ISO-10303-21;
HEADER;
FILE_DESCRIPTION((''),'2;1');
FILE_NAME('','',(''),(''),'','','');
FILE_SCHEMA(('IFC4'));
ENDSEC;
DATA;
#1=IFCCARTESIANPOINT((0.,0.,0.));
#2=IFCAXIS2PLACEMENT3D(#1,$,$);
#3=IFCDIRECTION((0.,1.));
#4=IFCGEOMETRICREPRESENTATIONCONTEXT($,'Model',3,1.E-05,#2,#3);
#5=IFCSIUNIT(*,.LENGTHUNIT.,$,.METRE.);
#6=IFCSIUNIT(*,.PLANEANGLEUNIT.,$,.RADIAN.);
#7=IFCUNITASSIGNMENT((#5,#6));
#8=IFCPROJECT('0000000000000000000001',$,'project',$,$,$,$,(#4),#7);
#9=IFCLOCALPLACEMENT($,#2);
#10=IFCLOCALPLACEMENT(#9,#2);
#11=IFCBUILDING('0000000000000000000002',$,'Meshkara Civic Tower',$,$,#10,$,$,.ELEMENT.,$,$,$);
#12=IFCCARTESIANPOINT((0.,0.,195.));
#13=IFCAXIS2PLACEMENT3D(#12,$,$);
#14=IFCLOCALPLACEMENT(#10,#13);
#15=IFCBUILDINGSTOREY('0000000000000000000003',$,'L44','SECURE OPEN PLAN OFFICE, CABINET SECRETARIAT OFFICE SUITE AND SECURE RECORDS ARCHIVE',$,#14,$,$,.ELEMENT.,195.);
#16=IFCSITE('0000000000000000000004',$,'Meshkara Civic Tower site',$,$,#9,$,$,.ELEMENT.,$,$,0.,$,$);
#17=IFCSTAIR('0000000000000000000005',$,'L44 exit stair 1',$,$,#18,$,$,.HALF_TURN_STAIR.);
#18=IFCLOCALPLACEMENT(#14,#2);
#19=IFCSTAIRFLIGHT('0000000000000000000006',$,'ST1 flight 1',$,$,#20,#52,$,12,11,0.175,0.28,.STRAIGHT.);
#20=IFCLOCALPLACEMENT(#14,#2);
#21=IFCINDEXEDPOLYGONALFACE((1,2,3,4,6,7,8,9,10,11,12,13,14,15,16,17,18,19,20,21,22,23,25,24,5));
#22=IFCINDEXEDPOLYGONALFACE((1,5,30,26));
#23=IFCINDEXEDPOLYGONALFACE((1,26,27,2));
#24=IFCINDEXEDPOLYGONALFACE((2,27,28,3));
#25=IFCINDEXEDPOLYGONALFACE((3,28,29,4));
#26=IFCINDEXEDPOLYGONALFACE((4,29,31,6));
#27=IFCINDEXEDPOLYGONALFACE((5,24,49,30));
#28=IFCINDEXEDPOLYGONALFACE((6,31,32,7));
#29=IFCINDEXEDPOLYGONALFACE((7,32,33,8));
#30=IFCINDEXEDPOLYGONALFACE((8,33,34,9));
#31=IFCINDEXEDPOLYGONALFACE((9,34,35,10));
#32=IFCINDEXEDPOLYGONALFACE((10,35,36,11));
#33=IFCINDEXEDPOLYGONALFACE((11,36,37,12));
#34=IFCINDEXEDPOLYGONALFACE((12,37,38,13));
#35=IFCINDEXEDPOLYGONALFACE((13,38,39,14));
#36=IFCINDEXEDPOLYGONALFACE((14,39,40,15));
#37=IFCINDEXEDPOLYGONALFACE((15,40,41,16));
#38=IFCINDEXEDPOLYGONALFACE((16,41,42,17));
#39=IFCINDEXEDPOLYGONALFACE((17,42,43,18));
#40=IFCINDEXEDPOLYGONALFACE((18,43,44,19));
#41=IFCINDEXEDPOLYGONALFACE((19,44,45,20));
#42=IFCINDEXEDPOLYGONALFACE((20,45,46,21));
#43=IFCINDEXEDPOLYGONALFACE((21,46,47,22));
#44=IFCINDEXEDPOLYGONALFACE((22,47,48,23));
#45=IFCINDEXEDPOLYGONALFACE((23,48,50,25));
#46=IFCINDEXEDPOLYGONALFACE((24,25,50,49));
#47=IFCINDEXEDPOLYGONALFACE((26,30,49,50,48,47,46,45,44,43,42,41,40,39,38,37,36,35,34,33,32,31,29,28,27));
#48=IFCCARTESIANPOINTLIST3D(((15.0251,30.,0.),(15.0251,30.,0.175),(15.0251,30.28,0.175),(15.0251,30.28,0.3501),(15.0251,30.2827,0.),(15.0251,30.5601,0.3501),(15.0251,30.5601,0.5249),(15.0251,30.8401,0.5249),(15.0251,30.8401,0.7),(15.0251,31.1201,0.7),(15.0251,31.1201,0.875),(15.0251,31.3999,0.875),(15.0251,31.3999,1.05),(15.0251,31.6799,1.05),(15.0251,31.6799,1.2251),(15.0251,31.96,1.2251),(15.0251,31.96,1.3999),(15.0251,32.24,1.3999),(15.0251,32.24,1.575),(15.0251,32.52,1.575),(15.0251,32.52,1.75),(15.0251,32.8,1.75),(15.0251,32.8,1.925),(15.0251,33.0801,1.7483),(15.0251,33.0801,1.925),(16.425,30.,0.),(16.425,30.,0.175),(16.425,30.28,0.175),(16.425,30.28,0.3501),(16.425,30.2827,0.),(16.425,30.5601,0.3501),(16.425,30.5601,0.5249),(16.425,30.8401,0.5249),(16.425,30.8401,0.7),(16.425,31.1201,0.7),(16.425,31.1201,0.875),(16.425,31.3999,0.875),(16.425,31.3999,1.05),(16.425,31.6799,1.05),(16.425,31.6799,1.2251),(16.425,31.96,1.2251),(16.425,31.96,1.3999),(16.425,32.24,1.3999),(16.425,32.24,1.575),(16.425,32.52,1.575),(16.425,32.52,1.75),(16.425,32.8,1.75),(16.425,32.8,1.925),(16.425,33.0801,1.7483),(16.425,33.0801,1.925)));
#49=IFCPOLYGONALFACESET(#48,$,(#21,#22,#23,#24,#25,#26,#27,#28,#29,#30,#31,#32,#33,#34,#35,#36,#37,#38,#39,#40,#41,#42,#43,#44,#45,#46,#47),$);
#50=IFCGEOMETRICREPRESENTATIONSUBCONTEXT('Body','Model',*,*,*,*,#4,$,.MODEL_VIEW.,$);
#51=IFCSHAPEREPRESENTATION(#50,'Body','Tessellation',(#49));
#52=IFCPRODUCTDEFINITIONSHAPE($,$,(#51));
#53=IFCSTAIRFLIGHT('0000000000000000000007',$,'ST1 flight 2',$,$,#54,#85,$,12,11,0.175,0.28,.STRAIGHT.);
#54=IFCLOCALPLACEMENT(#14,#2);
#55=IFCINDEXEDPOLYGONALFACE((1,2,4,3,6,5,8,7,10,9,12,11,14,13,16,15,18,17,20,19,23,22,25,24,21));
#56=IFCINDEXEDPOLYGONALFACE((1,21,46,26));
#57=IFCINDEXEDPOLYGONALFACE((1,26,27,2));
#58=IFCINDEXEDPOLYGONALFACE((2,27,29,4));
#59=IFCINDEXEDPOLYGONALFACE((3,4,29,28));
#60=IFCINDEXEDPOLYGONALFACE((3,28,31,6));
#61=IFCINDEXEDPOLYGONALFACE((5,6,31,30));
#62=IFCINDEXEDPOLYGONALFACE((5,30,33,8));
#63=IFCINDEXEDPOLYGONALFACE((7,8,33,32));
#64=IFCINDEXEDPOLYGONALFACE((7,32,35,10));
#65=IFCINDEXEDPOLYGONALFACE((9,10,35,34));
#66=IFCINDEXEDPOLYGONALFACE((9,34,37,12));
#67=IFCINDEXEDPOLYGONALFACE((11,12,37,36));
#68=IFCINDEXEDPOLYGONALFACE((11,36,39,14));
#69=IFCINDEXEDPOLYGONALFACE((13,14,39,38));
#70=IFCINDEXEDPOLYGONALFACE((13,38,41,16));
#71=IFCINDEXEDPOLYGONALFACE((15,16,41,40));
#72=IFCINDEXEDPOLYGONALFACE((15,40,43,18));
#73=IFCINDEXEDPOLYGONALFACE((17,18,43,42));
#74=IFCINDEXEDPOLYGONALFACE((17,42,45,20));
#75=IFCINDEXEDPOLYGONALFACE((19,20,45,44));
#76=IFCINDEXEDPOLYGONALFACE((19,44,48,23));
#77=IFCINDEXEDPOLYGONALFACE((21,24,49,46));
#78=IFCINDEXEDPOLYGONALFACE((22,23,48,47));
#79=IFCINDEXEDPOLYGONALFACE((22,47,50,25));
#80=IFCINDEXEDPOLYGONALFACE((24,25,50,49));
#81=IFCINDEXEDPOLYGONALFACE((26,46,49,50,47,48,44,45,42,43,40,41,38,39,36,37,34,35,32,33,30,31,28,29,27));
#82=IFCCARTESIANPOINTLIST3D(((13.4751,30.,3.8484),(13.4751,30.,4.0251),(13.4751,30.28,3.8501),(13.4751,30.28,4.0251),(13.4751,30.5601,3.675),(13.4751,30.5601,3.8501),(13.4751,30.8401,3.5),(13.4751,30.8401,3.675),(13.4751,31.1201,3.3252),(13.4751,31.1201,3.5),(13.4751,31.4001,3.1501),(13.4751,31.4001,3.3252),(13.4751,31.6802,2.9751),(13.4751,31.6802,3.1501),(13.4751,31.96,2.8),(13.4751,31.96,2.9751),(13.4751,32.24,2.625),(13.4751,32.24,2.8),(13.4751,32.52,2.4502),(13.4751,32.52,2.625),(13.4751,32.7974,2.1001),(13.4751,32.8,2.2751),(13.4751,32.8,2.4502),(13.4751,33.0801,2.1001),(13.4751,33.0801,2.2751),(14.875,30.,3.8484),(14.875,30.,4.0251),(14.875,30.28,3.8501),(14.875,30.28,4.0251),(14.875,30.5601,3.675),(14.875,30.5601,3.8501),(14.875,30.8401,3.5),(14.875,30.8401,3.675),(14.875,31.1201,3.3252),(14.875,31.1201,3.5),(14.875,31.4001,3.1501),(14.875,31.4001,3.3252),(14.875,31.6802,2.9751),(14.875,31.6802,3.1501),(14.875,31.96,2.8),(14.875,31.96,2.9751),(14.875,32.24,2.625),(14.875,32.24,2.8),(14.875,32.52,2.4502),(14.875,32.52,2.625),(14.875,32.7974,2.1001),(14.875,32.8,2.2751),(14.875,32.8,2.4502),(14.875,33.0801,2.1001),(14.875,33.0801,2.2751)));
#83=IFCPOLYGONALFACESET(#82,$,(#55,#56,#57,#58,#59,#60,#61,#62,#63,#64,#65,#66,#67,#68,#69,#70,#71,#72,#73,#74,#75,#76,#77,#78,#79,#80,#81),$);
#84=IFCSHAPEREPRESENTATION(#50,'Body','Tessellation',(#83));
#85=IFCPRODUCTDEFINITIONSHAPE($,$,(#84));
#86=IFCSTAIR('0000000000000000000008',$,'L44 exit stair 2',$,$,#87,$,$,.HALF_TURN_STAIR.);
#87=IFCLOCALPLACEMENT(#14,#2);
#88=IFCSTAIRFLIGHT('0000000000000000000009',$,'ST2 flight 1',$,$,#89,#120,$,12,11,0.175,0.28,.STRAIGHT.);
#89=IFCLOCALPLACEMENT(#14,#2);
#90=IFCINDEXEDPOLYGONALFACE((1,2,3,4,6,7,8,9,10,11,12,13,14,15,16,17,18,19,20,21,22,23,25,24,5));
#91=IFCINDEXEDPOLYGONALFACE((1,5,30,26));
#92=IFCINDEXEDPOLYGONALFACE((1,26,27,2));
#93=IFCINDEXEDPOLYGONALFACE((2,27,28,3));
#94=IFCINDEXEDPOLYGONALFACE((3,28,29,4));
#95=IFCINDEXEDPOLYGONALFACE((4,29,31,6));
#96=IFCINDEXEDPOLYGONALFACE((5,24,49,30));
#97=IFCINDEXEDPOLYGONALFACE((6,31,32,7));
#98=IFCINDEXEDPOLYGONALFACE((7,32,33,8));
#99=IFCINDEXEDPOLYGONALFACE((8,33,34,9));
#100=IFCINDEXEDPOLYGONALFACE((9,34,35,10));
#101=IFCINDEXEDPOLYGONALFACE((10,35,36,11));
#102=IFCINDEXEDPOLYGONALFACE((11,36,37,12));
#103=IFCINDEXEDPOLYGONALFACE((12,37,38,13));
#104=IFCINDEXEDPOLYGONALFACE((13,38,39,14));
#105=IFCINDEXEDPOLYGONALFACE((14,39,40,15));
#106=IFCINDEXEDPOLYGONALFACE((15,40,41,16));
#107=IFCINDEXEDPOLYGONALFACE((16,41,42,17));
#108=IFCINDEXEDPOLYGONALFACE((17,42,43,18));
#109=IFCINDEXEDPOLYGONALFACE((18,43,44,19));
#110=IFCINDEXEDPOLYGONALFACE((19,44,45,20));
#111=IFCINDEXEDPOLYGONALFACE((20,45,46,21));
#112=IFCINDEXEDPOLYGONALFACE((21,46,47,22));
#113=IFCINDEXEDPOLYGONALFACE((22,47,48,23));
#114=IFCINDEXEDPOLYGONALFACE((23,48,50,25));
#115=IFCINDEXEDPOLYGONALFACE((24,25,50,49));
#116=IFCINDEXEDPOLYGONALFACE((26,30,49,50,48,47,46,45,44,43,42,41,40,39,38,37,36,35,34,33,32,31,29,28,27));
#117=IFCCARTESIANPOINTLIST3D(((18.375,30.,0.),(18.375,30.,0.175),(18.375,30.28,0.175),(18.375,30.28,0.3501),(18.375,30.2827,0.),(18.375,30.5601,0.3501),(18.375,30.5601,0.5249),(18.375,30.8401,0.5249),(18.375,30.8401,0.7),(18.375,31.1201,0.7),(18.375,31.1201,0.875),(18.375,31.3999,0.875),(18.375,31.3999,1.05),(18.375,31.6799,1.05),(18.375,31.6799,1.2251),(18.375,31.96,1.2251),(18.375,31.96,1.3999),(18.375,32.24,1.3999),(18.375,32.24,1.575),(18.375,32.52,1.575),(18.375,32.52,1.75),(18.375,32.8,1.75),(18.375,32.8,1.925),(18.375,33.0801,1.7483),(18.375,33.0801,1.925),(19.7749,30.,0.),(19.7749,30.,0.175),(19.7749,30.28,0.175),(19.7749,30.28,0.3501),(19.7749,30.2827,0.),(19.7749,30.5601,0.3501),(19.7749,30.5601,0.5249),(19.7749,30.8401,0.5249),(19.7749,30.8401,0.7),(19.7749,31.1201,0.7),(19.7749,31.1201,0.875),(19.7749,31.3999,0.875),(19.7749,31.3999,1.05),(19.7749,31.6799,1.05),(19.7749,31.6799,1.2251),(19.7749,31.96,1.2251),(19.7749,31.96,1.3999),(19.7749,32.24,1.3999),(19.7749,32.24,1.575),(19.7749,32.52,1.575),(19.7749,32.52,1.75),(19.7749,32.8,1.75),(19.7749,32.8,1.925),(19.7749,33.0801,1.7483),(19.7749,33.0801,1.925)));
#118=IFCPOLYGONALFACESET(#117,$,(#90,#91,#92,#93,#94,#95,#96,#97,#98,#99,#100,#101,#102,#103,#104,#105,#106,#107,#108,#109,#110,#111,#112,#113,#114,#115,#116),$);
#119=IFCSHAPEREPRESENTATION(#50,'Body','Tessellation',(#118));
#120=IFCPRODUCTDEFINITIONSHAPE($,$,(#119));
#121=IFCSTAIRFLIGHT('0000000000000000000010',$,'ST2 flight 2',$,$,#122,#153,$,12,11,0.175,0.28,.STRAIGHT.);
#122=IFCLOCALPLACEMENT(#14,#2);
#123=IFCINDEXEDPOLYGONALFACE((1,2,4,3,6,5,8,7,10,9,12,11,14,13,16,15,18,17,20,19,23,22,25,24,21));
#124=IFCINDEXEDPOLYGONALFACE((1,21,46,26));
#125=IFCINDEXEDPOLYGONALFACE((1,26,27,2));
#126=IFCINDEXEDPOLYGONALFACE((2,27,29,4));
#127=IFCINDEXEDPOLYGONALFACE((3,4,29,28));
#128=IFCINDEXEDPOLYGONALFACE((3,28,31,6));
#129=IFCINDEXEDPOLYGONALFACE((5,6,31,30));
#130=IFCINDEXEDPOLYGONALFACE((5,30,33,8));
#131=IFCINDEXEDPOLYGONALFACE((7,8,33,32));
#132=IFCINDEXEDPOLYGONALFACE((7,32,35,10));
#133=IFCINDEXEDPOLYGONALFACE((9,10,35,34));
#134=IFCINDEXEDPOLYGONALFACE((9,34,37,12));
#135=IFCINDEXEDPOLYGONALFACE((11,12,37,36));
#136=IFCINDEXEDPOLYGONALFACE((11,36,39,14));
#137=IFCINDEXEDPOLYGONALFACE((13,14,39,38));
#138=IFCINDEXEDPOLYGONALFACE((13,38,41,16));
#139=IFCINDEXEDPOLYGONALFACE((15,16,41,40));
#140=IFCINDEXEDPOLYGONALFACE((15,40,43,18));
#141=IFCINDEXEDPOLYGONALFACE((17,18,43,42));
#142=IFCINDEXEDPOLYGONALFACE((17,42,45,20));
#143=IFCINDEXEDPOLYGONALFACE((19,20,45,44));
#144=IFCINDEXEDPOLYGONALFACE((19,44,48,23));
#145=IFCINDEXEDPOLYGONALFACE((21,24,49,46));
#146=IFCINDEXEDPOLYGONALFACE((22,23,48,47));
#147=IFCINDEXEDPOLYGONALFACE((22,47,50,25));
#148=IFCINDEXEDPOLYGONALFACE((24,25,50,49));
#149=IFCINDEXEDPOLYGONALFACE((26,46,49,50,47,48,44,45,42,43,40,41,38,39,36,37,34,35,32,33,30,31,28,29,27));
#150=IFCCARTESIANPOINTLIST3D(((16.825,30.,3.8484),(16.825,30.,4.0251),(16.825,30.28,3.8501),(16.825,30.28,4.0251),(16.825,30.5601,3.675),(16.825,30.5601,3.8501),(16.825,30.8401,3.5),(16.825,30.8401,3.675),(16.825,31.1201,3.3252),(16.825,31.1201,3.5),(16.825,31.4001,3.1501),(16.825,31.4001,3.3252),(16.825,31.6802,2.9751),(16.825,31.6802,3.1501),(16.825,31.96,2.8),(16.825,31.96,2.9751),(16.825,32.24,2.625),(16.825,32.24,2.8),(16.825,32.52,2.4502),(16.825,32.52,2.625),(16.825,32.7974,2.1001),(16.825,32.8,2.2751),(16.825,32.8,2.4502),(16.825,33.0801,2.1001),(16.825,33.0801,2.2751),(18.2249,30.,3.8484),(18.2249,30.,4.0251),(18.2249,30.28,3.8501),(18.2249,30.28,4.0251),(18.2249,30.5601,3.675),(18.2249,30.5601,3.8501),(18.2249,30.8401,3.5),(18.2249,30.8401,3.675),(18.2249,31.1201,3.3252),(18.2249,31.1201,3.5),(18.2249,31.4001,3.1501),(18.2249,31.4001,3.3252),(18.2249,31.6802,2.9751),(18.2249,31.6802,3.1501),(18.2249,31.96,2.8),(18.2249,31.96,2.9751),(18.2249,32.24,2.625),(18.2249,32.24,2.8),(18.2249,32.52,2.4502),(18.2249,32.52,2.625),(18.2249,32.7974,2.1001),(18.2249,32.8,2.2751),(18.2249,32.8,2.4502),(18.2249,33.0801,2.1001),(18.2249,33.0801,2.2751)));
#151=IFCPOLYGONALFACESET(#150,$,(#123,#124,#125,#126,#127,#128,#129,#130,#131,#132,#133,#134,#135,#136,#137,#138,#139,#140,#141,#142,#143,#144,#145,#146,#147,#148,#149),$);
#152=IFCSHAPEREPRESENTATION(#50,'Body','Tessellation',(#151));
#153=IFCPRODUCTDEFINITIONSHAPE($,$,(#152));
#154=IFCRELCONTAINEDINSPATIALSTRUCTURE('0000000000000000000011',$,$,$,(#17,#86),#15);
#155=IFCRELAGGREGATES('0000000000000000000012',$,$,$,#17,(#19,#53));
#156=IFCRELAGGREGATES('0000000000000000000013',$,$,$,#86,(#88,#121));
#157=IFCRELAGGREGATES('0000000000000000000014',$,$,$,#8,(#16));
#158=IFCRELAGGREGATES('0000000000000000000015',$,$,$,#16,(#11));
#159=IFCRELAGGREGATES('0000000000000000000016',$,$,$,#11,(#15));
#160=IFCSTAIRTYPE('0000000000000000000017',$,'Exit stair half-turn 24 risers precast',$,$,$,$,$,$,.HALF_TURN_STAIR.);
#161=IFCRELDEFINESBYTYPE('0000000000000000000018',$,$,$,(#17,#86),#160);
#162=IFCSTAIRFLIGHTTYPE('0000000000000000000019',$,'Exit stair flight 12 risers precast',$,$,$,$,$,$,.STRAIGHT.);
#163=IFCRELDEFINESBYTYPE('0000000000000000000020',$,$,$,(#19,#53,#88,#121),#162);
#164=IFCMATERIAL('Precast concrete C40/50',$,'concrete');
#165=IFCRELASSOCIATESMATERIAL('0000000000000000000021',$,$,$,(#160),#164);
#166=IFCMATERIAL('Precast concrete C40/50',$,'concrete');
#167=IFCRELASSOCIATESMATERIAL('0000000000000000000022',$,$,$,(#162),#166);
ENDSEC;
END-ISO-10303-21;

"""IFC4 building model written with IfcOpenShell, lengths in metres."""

from ifc_helpers import new_model, si_unit, direction, frame, origin, place, context, subcontext, project, spatial, polyline, outline, extrude, material, type_object, element, aggregate, save


model = new_model("IFC4")

# Units and contexts
model_context = context("Model", 3, precision=1e-05, world=origin(), true_north=direction((0.0, 1.0)))
body_context = subcontext(model_context, "Body", "Model", "MODEL_VIEW")
ifc_project = project(units=[si_unit("LENGTHUNIT", "METRE"), si_unit("PLANEANGLEUNIT", "RADIAN")], contexts=[model_context])

# Site, building, storey
site_placement = place(None, origin())
site = spatial("IfcSite", under=ifc_project, at=site_placement, Name="Meshkara Civic Tower site", CompositionType="ELEMENT", RefElevation=0.0)
building_placement = place(site_placement, origin())
building = spatial("IfcBuilding", under=site, at=building_placement, Name="Meshkara Civic Tower", CompositionType="ELEMENT")
storey_placement = place(building_placement, frame((0.0, 0.0, 195.0)))
storey = spatial("IfcBuildingStorey", under=building, at=storey_placement, Name="L44", Description="SECURE OPEN PLAN OFFICE, CABINET SECRETARIAT OFFICE SUITE AND SECURE RECORDS ARCHIVE", CompositionType="ELEMENT", Elevation=195.0)

# Stairs, stair flights
ifc_material_1 = material(Name="Precast concrete C40/50", Category="concrete")
stair_type = type_object("IfcStairType", Name="Exit stair half-turn 24 risers precast", PredefinedType="HALF_TURN_STAIR", material=ifc_material_1)
stair_1_placement = place(storey_placement, origin())
stair_1 = element("IfcStair", 1, at=stair_1_placement, inside=storey, type_object=stair_type, Name="L44 exit stair 1", PredefinedType="HALF_TURN_STAIR")
ifc_material_2 = material(Name="Precast concrete C40/50", Category="concrete")
stair_flight_type = type_object("IfcStairFlightType", Name="Exit stair flight 12 risers precast", PredefinedType="STRAIGHT", material=ifc_material_2)
stair_flight_1_placement = place(storey_placement, frame((15.7251, 30.0, 0.0), z_axis=(0.0, 0.0, 1.0), x_axis=(0.0, 1.0, 0.0)))
stair_flight_1 = element("IfcStairFlight", 2, at=stair_flight_1_placement, type_object=stair_flight_type, Name="ST1 flight 1", NumberOfRisers=12, NumberOfTreads=11, PredefinedType="STRAIGHT", RiserHeight=0.175, TreadLength=0.28, context=body_context, shape_type="SweptSolid", body=[
    extrude(outline(polyline([(0.0, 0.0), (0.0, 0.175), (0.28, 0.175), (0.28, 0.3501), (0.5601, 0.3501), (0.5601, 0.5249), (0.8401, 0.5249), (0.8401, 0.7), (1.1201, 0.7), (1.1201, 0.875), (1.3999, 0.875), (1.3999, 1.05), (1.6799, 1.05), (1.6799, 1.2251), (1.96, 1.2251), (1.96, 1.3999), (2.24, 1.3999), (2.24, 1.575), (2.52, 1.575), (2.52, 1.75), (2.8, 1.75), (2.8, 1.925), (3.0801, 1.925), (3.0801, 2.1001), (3.0801, 1.7483), (0.2827, 0.0), (0.0, 0.0)])), frame((0.0, 0.7, 0.0), z_axis=(0.0, -1.0, 0.0), x_axis=(1.0, 0.0, 0.0)), (0.0, 0.0, 1.0), 1.3999),
])
stair_flight_2_placement = place(storey_placement, frame((14.175, 33.0801, 2.1001), z_axis=(0.0, 0.0, 1.0), x_axis=(0.0, -1.0, 0.0)))
stair_flight_2 = element("IfcStairFlight", 3, at=stair_flight_2_placement, type_object=stair_flight_type, Name="ST1 flight 2", NumberOfRisers=12, NumberOfTreads=11, PredefinedType="STRAIGHT", RiserHeight=0.175, TreadLength=0.28, context=body_context, shape_type="SweptSolid", body=[
    extrude(outline(polyline([(0.0, 0.0), (0.0, 0.175), (0.28, 0.175), (0.28, 0.3501), (0.5601, 0.3501), (0.5601, 0.5249), (0.8401, 0.5249), (0.8401, 0.7), (1.1201, 0.7), (1.1201, 0.875), (1.3999, 0.875), (1.3999, 1.05), (1.6799, 1.05), (1.6799, 1.2251), (1.96, 1.2251), (1.96, 1.3999), (2.24, 1.3999), (2.24, 1.575), (2.52, 1.575), (2.52, 1.75), (2.8, 1.75), (2.8, 1.925), (3.0801, 1.925), (3.0801, 2.1001), (3.0801, 1.7483), (0.2827, 0.0), (0.0, 0.0)])), frame((0.0, 0.7, 0.0), z_axis=(0.0, -1.0, 0.0), x_axis=(1.0, 0.0, 0.0)), (0.0, 0.0, 1.0), 1.3999),
])
aggregate(stair_1, [stair_flight_1, stair_flight_2])
stair_2_placement = place(storey_placement, origin())
stair_2 = element("IfcStair", 4, at=stair_2_placement, inside=storey, type_object=stair_type, Name="L44 exit stair 2", PredefinedType="HALF_TURN_STAIR")
stair_flight_3_placement = place(storey_placement, frame((19.075, 30.0, 0.0), z_axis=(0.0, 0.0, 1.0), x_axis=(0.0, 1.0, 0.0)))
stair_flight_3 = element("IfcStairFlight", 5, at=stair_flight_3_placement, type_object=stair_flight_type, Name="ST2 flight 1", NumberOfRisers=12, NumberOfTreads=11, PredefinedType="STRAIGHT", RiserHeight=0.175, TreadLength=0.28, context=body_context, shape_type="SweptSolid", body=[
    extrude(outline(polyline([(0.0, 0.0), (0.0, 0.175), (0.28, 0.175), (0.28, 0.3501), (0.5601, 0.3501), (0.5601, 0.5249), (0.8401, 0.5249), (0.8401, 0.7), (1.1201, 0.7), (1.1201, 0.875), (1.3999, 0.875), (1.3999, 1.05), (1.6799, 1.05), (1.6799, 1.2251), (1.96, 1.2251), (1.96, 1.3999), (2.24, 1.3999), (2.24, 1.575), (2.52, 1.575), (2.52, 1.75), (2.8, 1.75), (2.8, 1.925), (3.0801, 1.925), (3.0801, 2.1001), (3.0801, 1.7483), (0.2827, 0.0), (0.0, 0.0)])), frame((0.0, 0.7, 0.0), z_axis=(0.0, -1.0, 0.0), x_axis=(1.0, 0.0, 0.0)), (0.0, 0.0, 1.0), 1.3999),
])
stair_flight_4_placement = place(storey_placement, frame((17.5249, 33.0801, 2.1001), z_axis=(0.0, 0.0, 1.0), x_axis=(0.0, -1.0, 0.0)))
stair_flight_4 = element("IfcStairFlight", 6, at=stair_flight_4_placement, type_object=stair_flight_type, Name="ST2 flight 2", NumberOfRisers=12, NumberOfTreads=11, PredefinedType="STRAIGHT", RiserHeight=0.175, TreadLength=0.28, context=body_context, shape_type="SweptSolid", body=[
    extrude(outline(polyline([(0.0, 0.0), (0.0, 0.175), (0.28, 0.175), (0.28, 0.3501), (0.5601, 0.3501), (0.5601, 0.5249), (0.8401, 0.5249), (0.8401, 0.7), (1.1201, 0.7), (1.1201, 0.875), (1.3999, 0.875), (1.3999, 1.05), (1.6799, 1.05), (1.6799, 1.2251), (1.96, 1.2251), (1.96, 1.3999), (2.24, 1.3999), (2.24, 1.575), (2.52, 1.575), (2.52, 1.75), (2.8, 1.75), (2.8, 1.925), (3.0801, 1.925), (3.0801, 2.1001), (3.0801, 1.7483), (0.2827, 0.0), (0.0, 0.0)])), frame((0.0, 0.7, 0.0), z_axis=(0.0, -1.0, 0.0), x_axis=(1.0, 0.0, 0.0)), (0.0, 0.0, 1.0), 1.3999),
])
aggregate(stair_2, [stair_flight_3, stair_flight_4])

save(model, "model.ifc")
